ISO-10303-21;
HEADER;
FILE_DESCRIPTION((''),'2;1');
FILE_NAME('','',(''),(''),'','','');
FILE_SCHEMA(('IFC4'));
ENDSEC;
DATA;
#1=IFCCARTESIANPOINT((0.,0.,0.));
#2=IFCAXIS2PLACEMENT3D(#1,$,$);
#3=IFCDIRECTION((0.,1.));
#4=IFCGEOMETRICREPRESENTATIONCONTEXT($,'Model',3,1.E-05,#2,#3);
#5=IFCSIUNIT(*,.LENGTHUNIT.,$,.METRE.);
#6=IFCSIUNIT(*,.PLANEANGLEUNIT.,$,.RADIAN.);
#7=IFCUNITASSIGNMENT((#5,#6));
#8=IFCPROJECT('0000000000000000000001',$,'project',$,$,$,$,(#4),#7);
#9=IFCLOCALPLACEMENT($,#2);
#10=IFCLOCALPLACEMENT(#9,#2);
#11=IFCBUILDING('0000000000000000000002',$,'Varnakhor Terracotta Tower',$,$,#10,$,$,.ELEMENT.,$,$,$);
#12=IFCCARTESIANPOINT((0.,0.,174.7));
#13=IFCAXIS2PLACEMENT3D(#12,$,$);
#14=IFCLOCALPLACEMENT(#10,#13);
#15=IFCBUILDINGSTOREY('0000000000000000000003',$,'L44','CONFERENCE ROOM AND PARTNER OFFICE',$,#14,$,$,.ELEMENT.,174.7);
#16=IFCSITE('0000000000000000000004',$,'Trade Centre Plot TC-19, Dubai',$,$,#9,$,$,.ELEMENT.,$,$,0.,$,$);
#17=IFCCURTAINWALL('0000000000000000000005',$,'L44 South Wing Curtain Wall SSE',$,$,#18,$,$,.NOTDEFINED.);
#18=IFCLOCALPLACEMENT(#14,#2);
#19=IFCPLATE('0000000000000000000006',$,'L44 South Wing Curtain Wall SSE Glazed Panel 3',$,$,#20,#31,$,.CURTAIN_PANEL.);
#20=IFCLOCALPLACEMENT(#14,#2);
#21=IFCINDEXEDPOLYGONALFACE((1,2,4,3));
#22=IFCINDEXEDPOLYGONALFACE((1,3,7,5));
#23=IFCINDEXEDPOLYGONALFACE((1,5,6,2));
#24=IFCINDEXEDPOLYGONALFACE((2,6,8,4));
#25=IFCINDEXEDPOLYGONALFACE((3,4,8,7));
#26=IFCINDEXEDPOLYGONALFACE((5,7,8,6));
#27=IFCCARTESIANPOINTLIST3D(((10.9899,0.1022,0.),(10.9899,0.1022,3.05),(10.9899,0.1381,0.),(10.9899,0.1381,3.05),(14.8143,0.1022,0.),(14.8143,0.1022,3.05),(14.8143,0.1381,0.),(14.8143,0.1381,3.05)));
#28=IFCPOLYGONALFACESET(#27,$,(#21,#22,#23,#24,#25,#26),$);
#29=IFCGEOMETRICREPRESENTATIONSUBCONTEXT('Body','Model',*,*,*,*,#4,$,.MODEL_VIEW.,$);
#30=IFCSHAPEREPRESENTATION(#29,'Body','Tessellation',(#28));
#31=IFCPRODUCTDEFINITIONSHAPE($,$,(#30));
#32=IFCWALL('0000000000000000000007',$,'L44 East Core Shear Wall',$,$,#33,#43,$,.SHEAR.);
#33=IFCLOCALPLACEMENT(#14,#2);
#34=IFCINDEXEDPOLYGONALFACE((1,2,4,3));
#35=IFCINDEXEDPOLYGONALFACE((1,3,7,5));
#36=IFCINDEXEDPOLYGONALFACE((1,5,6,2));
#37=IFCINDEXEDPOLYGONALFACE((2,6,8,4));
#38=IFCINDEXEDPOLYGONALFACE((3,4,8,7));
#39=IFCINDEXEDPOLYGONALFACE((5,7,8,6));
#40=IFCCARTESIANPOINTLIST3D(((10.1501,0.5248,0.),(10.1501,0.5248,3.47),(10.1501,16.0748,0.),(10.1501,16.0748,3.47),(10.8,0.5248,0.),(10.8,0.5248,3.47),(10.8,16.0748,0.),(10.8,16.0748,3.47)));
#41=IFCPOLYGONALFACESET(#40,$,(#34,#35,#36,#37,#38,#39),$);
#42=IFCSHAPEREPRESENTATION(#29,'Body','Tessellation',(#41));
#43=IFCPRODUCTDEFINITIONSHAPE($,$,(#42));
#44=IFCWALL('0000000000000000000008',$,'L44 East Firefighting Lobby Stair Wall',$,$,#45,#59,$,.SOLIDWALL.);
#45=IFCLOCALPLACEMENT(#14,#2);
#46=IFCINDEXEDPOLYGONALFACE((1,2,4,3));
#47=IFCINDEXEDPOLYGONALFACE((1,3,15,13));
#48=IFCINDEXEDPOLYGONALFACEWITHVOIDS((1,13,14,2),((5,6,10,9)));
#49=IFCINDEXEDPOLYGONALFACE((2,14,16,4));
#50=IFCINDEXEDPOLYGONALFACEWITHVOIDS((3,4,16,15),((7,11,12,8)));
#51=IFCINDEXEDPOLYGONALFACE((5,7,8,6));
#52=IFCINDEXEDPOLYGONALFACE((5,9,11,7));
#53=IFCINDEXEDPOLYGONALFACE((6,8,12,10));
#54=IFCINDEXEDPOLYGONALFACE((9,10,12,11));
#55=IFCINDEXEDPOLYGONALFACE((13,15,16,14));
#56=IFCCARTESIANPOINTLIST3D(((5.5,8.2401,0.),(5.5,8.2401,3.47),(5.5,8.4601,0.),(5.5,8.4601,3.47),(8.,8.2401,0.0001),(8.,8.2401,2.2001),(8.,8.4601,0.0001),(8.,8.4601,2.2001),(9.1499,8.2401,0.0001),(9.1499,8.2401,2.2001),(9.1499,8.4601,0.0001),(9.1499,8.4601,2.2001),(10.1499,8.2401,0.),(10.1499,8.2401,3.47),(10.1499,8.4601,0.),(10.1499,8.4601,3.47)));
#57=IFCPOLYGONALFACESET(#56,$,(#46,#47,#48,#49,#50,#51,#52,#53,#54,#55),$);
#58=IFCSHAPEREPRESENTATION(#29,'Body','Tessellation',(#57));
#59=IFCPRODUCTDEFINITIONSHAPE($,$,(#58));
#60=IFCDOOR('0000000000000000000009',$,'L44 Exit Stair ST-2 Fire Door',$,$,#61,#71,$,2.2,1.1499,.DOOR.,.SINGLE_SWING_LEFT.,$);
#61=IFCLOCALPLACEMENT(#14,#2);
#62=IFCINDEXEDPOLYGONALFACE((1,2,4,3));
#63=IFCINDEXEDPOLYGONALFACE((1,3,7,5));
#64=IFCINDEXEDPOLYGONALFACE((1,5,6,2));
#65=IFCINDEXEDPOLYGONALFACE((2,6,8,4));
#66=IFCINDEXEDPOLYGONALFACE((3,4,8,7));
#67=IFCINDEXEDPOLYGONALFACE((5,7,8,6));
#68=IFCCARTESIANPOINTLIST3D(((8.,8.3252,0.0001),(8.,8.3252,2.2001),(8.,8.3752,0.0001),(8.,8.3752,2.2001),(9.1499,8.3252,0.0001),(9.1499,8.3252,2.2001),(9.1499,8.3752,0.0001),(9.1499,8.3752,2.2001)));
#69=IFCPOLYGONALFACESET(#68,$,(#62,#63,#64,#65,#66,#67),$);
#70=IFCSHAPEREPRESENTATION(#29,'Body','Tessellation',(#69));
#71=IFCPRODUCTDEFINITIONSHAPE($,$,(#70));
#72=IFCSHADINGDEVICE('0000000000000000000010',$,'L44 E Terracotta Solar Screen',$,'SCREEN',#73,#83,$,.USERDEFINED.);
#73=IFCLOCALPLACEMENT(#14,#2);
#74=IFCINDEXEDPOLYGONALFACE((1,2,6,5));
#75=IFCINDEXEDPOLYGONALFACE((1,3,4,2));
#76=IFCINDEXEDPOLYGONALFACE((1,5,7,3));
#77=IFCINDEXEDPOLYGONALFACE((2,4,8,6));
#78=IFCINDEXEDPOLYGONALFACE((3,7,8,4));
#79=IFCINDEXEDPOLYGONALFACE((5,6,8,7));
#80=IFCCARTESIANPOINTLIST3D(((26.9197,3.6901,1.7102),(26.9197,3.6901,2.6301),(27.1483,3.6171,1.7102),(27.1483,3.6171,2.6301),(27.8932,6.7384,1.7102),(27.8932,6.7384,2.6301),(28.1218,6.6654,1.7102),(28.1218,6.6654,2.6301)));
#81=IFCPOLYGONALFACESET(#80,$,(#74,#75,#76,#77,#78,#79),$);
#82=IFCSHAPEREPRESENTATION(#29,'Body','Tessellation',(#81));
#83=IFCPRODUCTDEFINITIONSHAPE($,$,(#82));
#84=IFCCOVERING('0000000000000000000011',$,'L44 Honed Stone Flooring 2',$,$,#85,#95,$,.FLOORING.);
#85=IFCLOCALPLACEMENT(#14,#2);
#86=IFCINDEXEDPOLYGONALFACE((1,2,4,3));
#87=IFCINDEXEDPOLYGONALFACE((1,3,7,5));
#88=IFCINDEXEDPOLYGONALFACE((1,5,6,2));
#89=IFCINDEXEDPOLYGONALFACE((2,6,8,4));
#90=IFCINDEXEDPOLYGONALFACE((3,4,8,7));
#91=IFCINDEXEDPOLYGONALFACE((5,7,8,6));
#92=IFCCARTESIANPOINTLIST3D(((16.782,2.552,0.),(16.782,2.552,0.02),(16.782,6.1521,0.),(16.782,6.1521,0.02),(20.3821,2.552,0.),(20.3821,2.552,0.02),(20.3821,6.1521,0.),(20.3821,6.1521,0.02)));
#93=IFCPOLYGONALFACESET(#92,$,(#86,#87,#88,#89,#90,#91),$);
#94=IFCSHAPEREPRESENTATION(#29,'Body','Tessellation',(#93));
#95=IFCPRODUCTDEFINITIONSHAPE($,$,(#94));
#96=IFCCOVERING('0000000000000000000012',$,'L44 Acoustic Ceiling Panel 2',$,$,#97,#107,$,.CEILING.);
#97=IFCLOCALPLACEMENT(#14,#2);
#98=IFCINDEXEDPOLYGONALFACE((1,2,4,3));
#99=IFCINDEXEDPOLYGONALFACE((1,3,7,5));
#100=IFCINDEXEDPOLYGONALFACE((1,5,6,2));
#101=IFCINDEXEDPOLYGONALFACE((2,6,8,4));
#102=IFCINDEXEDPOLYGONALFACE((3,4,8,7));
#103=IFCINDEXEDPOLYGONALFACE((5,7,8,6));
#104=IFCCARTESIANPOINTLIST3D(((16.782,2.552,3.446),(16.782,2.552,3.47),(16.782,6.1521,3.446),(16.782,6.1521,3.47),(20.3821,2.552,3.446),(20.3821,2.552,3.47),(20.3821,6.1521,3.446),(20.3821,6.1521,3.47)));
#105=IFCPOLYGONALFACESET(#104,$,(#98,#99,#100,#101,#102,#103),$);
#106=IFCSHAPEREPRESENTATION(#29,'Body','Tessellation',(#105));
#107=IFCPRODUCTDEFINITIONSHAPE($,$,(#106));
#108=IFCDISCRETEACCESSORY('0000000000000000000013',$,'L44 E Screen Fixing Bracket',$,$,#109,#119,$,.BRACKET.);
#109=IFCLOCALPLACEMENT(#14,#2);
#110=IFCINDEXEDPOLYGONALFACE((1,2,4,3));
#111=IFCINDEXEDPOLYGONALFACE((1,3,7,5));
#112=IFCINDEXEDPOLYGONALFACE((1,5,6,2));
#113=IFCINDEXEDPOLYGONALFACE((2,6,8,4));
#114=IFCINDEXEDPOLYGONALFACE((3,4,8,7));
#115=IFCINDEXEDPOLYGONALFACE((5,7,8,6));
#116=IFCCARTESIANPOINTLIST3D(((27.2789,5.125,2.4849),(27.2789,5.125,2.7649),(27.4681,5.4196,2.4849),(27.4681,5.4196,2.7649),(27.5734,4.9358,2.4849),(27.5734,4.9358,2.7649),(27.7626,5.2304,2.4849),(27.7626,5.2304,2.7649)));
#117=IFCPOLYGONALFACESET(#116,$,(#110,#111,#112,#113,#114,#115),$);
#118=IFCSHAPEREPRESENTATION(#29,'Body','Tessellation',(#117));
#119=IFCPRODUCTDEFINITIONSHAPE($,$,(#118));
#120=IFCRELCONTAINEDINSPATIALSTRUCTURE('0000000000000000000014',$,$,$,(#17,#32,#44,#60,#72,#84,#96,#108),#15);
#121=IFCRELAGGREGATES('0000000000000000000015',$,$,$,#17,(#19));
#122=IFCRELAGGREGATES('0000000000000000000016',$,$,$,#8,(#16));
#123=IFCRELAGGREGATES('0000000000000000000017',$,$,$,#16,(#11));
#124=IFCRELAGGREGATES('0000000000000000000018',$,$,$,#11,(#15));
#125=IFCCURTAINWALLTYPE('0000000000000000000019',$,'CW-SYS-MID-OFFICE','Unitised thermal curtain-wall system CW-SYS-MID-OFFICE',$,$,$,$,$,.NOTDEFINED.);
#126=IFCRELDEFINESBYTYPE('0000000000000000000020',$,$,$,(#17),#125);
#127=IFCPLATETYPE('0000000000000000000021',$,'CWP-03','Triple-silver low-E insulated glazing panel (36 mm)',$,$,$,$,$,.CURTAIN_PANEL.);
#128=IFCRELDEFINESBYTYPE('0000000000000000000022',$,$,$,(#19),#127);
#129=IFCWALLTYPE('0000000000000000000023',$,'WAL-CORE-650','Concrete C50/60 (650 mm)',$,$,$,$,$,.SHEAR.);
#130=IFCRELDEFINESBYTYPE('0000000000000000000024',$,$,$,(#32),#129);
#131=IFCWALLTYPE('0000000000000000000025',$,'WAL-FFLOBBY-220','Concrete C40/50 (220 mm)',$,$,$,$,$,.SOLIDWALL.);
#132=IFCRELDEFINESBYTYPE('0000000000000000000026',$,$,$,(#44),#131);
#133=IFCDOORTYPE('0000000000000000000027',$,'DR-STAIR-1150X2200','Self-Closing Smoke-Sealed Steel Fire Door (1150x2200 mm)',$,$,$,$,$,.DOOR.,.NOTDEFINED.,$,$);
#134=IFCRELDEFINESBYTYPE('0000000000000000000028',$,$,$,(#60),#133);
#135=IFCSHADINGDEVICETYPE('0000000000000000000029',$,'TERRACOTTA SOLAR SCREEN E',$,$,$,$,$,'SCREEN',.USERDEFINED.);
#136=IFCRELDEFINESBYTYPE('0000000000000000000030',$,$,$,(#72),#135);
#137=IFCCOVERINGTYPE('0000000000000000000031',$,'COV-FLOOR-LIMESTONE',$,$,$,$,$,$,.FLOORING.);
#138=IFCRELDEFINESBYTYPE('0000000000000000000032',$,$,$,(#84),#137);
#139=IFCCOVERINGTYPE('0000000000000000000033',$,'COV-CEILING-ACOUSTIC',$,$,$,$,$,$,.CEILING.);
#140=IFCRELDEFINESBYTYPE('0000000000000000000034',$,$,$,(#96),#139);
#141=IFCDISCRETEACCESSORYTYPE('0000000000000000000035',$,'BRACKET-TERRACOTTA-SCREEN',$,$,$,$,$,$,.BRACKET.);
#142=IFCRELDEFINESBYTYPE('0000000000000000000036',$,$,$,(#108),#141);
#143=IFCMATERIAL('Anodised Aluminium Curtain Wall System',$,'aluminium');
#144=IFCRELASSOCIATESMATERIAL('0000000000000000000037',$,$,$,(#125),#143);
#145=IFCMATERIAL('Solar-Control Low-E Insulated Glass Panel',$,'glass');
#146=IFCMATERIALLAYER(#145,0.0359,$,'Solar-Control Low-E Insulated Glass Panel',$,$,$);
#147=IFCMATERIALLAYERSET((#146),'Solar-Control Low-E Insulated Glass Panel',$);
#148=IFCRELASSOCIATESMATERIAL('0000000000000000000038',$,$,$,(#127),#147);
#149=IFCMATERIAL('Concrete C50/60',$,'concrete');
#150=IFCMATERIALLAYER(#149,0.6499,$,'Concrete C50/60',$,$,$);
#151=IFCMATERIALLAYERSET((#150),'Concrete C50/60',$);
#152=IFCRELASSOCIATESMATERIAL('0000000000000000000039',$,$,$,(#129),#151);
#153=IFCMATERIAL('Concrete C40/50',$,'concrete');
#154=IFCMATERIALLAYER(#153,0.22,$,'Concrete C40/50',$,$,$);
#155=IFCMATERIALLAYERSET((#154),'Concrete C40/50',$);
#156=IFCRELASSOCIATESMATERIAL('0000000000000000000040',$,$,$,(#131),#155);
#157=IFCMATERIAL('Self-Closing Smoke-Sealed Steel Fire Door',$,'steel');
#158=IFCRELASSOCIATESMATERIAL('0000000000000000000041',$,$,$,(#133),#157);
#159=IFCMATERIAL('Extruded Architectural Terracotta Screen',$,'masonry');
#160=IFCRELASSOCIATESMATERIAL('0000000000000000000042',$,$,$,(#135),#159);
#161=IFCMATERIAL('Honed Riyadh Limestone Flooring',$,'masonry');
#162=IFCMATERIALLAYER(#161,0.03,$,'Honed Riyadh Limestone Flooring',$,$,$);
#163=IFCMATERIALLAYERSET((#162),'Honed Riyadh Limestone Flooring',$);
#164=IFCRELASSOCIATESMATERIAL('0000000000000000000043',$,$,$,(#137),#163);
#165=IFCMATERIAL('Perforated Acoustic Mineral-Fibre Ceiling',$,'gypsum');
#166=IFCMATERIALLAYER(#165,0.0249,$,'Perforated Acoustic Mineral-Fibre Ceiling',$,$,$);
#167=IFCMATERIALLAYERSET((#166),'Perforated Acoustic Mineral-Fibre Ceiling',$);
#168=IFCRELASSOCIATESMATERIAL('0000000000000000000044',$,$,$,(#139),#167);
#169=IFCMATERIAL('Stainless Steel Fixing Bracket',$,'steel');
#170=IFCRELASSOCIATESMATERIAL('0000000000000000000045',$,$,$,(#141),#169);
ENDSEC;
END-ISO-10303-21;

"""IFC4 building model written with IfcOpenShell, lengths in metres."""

from ifc_helpers import new_model, si_unit, direction, frame, frame_2d, origin, origin_2d, place, context, subcontext, project, spatial, rectangle, extrude, source, transform, mapped, material, layer, layer_set, type_object, type_shapes, element, fill, aggregate, save


model = new_model("IFC4")

# Units and contexts
model_context = context("Model", 3, precision=1e-05, world=origin(), true_north=direction((0.0, 1.0)))
body_context = subcontext(model_context, "Body", "Model", "MODEL_VIEW")
ifc_project = project(units=[si_unit("LENGTHUNIT", "METRE"), si_unit("PLANEANGLEUNIT", "RADIAN")], contexts=[model_context])

# Site, building, storey
site_placement = place(None, origin())
site = spatial("IfcSite", under=ifc_project, at=site_placement, Name="Trade Centre Plot TC-19, Dubai", CompositionType="ELEMENT", RefElevation=0.0)
building_placement = place(site_placement, origin())
building = spatial("IfcBuilding", under=site, at=building_placement, Name="Varnakhor Terracotta Tower", CompositionType="ELEMENT")
storey_placement = place(building_placement, frame((0.0, 0.0, 174.7)))
storey = spatial("IfcBuildingStorey", under=building, at=storey_placement, Name="L44", Description="CONFERENCE ROOM AND PARTNER OFFICE", CompositionType="ELEMENT", Elevation=174.7)

# Shared definitions
ifc_material_1 = material(Name="Concrete C50/60", Category="concrete")

# Curtain wall
ifc_material_2 = material(Name="Anodised Aluminium Curtain Wall System", Category="aluminium")
curtain_wall_type = type_object("IfcCurtainWallType", Name="CW-SYS-MID-OFFICE", Description="Unitised thermal curtain-wall system CW-SYS-MID-OFFICE", PredefinedType="NOTDEFINED", material=ifc_material_2)
curtain_wall_1_placement = place(storey_placement, origin())
curtain_wall_1 = element("IfcCurtainWall", 1, at=curtain_wall_1_placement, inside=storey, type_object=curtain_wall_type, Name="L44 South Wing Curtain Wall SSE", PredefinedType="NOTDEFINED")

# Shared definitions
ifc_material_3 = material(Name="Solar-Control Low-E Insulated Glass Panel", Category="glass")
ifc_layer_1 = layer(ifc_material_3, 0.0359, Name="Solar-Control Low-E Insulated Glass Panel")
ifc_layer_set_1 = layer_set([ifc_layer_1], Name="Solar-Control Low-E Insulated Glass Panel")
plate_type_1 = type_object("IfcPlateType", Name="CWP-03", Description="Triple-silver low-E insulated glazing panel (36 mm)", PredefinedType="CURTAIN_PANEL", material=ifc_layer_set_1)

# Plate
shared_shape_1 = source(origin(), body_context, "Body", "SweptSolid", [
    extrude(rectangle(XDim=3.8245, YDim=0.0359, at=origin_2d()), origin(), (0.0, 0.0, 1.0), 3.05),
])
plate_1_placement = place(storey_placement, frame((12.9021, 0.1201, 0.0), z_axis=(0.0, 0.0, 1.0), x_axis=(-1.0, 0.0, 0.0)))
plate_1 = element("IfcPlate", 2, at=plate_1_placement, type_object=plate_type_1, Name="L44 South Wing Curtain Wall SSE Glazed Panel 3", PredefinedType="CURTAIN_PANEL", context=body_context, shape_type="MappedRepresentation", body=[
    mapped(shared_shape_1, transform((0.0, 0.0, 0.0), scale=1.0)),
])
aggregate(curtain_wall_1, [plate_1])

# Wall
ifc_layer_2 = layer(ifc_material_1, 0.6499, Name="Concrete C50/60")
ifc_layer_set_2 = layer_set([ifc_layer_2], Name="Concrete C50/60")
wall_type_1 = type_object("IfcWallType", Name="WAL-CORE-650", Description="Concrete C50/60 (650 mm)", PredefinedType="SHEAR", material=ifc_layer_set_2)
wall_1_placement = place(storey_placement, frame((10.4751, 0.5249, 0.0), z_axis=(0.0, 0.0, 1.0), x_axis=(0.0, 1.0, 0.0)))
element("IfcWall", 3, at=wall_1_placement, inside=storey, type_object=wall_type_1, Name="L44 East Core Shear Wall", PredefinedType="SHEAR", context=body_context, shape_type="SweptSolid", body=[
    extrude(rectangle(XDim=15.55, YDim=0.6499, at=frame_2d((7.7749, 0.0))), origin(), (0.0, 0.0, 1.0), 3.47),
])

# Wall, opening, door
ifc_material_4 = material(Name="Concrete C40/50", Category="concrete")
ifc_layer_3 = layer(ifc_material_4, 0.22, Name="Concrete C40/50")
ifc_layer_set_3 = layer_set([ifc_layer_3], Name="Concrete C40/50")
wall_type_2 = type_object("IfcWallType", Name="WAL-FFLOBBY-220", Description="Concrete C40/50 (220 mm)", PredefinedType="SOLIDWALL", material=ifc_layer_set_3)
wall_2_placement = place(storey_placement, frame((10.1499, 8.3501, 0.0), z_axis=(0.0, 0.0, 1.0), x_axis=(-1.0, 0.0, 0.0)))
wall_2 = element("IfcWall", 4, at=wall_2_placement, inside=storey, type_object=wall_type_2, Name="L44 East Firefighting Lobby Stair Wall", PredefinedType="SOLIDWALL", context=body_context, shape_type="SweptSolid", body=[
    extrude(rectangle(XDim=4.6499, YDim=0.22, at=frame_2d((2.325, 0.0))), origin(), (0.0, 0.0, 1.0), 3.47),
])
opening_placement = place(wall_2_placement, frame((1.0, 0.0, 0.0)))
opening = element("IfcOpeningElement", 5, at=opening_placement, cuts=wall_2, PredefinedType="OPENING", context=body_context, shape_type="SweptSolid", body=[
    extrude(rectangle(XDim=1.1499, YDim=2.2, at=frame_2d((0.575, 1.1001))), frame((0.0, 0.1201, 0.0), z_axis=(0.0, -1.0, 0.0), x_axis=(1.0, 0.0, 0.0)), (0.0, 0.0, 1.0), 0.24),
])
ifc_material_5 = material(Name="Self-Closing Smoke-Sealed Steel Fire Door", Category="steel")
door_type = type_object("IfcDoorType", Name="DR-STAIR-1150X2200", Description="Self-Closing Smoke-Sealed Steel Fire Door (1150x2200 mm)", OperationType="NOTDEFINED", PredefinedType="DOOR", material=ifc_material_5)
shared_shape_2 = source(origin(), body_context, "Body", "SweptSolid", [
    extrude(rectangle(XDim=1.1499, YDim=2.2, at=frame_2d((0.575, 1.1001))), frame((0.0, 0.0249, 0.0), z_axis=(0.0, -1.0, 0.0), x_axis=(1.0, 0.0, 0.0)), (0.0, 0.0, 1.0), 0.05),
])
type_shapes(door_type, [shared_shape_2])
door_placement = place(opening_placement, origin())
door = element("IfcDoor", 6, at=door_placement, inside=storey, type_object=door_type, Name="L44 Exit Stair ST-2 Fire Door", OperationType="SINGLE_SWING_LEFT", OverallHeight=2.2, OverallWidth=1.1499, PredefinedType="DOOR", context=body_context, shape_type="MappedRepresentation", body=[
    mapped(shared_shape_2, transform((0.0, 0.0, 0.0), scale=1.0)),
])
fill(opening, door)

# Shading device
ifc_material_6 = material(Name="Extruded Architectural Terracotta Screen", Category="masonry")
shading_device_type = type_object("IfcShadingDeviceType", Name="TERRACOTTA SOLAR SCREEN E", ElementType="SCREEN", PredefinedType="USERDEFINED", material=ifc_material_6)
shared_shape_3 = source(origin(), body_context, "Body", "SweptSolid", [
    extrude(rectangle(XDim=3.2, YDim=0.24, at=origin_2d()), origin(), (0.0, 0.0, 1.0), 0.9199),
])
type_shapes(shading_device_type, [shared_shape_3])
shading_device_placement = place(storey_placement, frame((27.5208, 5.1777, 1.7102), z_axis=(0.0, 0.0, 1.0), x_axis=(0.304233, 0.952598, 0.0)))
element("IfcShadingDevice", 7, at=shading_device_placement, inside=storey, type_object=shading_device_type, Name="L44 E Terracotta Solar Screen", ObjectType="SCREEN", PredefinedType="USERDEFINED", context=body_context, shape_type="MappedRepresentation", body=[
    mapped(shared_shape_3, transform((0.0, 0.0, 0.0), scale=1.0)),
])

# Coverings
ifc_material_7 = material(Name="Honed Riyadh Limestone Flooring", Category="masonry")
ifc_layer_4 = layer(ifc_material_7, 0.03, Name="Honed Riyadh Limestone Flooring")
ifc_layer_set_4 = layer_set([ifc_layer_4], Name="Honed Riyadh Limestone Flooring")
covering_type_1 = type_object("IfcCoveringType", Name="COV-FLOOR-LIMESTONE", PredefinedType="FLOORING", material=ifc_layer_set_4)
shared_shape_4 = source(origin(), body_context, "Body", "SweptSolid", [
    extrude(rectangle(XDim=3.6001, YDim=3.6001, at=origin_2d()), origin(), (0.0, 0.0, 1.0), 0.02),
])
covering_1_placement = place(storey_placement, frame((18.582, 4.3521, 0.0), z_axis=(0.0, 0.0, 1.0), x_axis=(1.0, 0.0, 0.0)))
element("IfcCovering", 8, at=covering_1_placement, inside=storey, type_object=covering_type_1, Name="L44 Honed Stone Flooring 2", PredefinedType="FLOORING", context=body_context, shape_type="MappedRepresentation", body=[
    mapped(shared_shape_4, transform((0.0, 0.0, 0.0), scale=1.0)),
])
ifc_material_8 = material(Name="Perforated Acoustic Mineral-Fibre Ceiling", Category="gypsum")
ifc_layer_5 = layer(ifc_material_8, 0.0249, Name="Perforated Acoustic Mineral-Fibre Ceiling")
ifc_layer_set_5 = layer_set([ifc_layer_5], Name="Perforated Acoustic Mineral-Fibre Ceiling")
covering_type_2 = type_object("IfcCoveringType", Name="COV-CEILING-ACOUSTIC", PredefinedType="CEILING", material=ifc_layer_set_5)
shared_shape_5 = source(origin(), body_context, "Body", "SweptSolid", [
    extrude(rectangle(XDim=3.6001, YDim=3.6001, at=origin_2d()), origin(), (0.0, 0.0, 1.0), 0.0239),
])
covering_2_placement = place(storey_placement, frame((18.582, 4.3521, 3.446), z_axis=(0.0, 0.0, 1.0), x_axis=(1.0, 0.0, 0.0)))
element("IfcCovering", 9, at=covering_2_placement, inside=storey, type_object=covering_type_2, Name="L44 Acoustic Ceiling Panel 2", PredefinedType="CEILING", context=body_context, shape_type="MappedRepresentation", body=[
    mapped(shared_shape_5, transform((0.0, 0.0, 0.0), scale=1.0)),
])

# Discrete accessory
ifc_material_9 = material(Name="Stainless Steel Fixing Bracket", Category="steel")
discrete_accessory_type = type_object("IfcDiscreteAccessoryType", Name="BRACKET-TERRACOTTA-SCREEN", PredefinedType="BRACKET", material=ifc_material_9)
shared_shape_6 = source(origin(), body_context, "Body", "SweptSolid", [
    extrude(rectangle(XDim=0.3501, YDim=0.3501, at=origin_2d()), origin(), (0.0, 0.0, 1.0), 0.28),
])
type_shapes(discrete_accessory_type, [shared_shape_6])
discrete_accessory_placement = place(storey_placement, frame((27.5208, 5.1777, 2.4849), z_axis=(0.0, 0.0, 1.0), x_axis=(0.540417, 0.841398, 0.0)))
element("IfcDiscreteAccessory", 10, at=discrete_accessory_placement, inside=storey, type_object=discrete_accessory_type, Name="L44 E Screen Fixing Bracket", PredefinedType="BRACKET", context=body_context, shape_type="MappedRepresentation", body=[
    mapped(shared_shape_6, transform((0.0, 0.0, 0.0), scale=1.0)),
])

save(model, "model.ifc")
